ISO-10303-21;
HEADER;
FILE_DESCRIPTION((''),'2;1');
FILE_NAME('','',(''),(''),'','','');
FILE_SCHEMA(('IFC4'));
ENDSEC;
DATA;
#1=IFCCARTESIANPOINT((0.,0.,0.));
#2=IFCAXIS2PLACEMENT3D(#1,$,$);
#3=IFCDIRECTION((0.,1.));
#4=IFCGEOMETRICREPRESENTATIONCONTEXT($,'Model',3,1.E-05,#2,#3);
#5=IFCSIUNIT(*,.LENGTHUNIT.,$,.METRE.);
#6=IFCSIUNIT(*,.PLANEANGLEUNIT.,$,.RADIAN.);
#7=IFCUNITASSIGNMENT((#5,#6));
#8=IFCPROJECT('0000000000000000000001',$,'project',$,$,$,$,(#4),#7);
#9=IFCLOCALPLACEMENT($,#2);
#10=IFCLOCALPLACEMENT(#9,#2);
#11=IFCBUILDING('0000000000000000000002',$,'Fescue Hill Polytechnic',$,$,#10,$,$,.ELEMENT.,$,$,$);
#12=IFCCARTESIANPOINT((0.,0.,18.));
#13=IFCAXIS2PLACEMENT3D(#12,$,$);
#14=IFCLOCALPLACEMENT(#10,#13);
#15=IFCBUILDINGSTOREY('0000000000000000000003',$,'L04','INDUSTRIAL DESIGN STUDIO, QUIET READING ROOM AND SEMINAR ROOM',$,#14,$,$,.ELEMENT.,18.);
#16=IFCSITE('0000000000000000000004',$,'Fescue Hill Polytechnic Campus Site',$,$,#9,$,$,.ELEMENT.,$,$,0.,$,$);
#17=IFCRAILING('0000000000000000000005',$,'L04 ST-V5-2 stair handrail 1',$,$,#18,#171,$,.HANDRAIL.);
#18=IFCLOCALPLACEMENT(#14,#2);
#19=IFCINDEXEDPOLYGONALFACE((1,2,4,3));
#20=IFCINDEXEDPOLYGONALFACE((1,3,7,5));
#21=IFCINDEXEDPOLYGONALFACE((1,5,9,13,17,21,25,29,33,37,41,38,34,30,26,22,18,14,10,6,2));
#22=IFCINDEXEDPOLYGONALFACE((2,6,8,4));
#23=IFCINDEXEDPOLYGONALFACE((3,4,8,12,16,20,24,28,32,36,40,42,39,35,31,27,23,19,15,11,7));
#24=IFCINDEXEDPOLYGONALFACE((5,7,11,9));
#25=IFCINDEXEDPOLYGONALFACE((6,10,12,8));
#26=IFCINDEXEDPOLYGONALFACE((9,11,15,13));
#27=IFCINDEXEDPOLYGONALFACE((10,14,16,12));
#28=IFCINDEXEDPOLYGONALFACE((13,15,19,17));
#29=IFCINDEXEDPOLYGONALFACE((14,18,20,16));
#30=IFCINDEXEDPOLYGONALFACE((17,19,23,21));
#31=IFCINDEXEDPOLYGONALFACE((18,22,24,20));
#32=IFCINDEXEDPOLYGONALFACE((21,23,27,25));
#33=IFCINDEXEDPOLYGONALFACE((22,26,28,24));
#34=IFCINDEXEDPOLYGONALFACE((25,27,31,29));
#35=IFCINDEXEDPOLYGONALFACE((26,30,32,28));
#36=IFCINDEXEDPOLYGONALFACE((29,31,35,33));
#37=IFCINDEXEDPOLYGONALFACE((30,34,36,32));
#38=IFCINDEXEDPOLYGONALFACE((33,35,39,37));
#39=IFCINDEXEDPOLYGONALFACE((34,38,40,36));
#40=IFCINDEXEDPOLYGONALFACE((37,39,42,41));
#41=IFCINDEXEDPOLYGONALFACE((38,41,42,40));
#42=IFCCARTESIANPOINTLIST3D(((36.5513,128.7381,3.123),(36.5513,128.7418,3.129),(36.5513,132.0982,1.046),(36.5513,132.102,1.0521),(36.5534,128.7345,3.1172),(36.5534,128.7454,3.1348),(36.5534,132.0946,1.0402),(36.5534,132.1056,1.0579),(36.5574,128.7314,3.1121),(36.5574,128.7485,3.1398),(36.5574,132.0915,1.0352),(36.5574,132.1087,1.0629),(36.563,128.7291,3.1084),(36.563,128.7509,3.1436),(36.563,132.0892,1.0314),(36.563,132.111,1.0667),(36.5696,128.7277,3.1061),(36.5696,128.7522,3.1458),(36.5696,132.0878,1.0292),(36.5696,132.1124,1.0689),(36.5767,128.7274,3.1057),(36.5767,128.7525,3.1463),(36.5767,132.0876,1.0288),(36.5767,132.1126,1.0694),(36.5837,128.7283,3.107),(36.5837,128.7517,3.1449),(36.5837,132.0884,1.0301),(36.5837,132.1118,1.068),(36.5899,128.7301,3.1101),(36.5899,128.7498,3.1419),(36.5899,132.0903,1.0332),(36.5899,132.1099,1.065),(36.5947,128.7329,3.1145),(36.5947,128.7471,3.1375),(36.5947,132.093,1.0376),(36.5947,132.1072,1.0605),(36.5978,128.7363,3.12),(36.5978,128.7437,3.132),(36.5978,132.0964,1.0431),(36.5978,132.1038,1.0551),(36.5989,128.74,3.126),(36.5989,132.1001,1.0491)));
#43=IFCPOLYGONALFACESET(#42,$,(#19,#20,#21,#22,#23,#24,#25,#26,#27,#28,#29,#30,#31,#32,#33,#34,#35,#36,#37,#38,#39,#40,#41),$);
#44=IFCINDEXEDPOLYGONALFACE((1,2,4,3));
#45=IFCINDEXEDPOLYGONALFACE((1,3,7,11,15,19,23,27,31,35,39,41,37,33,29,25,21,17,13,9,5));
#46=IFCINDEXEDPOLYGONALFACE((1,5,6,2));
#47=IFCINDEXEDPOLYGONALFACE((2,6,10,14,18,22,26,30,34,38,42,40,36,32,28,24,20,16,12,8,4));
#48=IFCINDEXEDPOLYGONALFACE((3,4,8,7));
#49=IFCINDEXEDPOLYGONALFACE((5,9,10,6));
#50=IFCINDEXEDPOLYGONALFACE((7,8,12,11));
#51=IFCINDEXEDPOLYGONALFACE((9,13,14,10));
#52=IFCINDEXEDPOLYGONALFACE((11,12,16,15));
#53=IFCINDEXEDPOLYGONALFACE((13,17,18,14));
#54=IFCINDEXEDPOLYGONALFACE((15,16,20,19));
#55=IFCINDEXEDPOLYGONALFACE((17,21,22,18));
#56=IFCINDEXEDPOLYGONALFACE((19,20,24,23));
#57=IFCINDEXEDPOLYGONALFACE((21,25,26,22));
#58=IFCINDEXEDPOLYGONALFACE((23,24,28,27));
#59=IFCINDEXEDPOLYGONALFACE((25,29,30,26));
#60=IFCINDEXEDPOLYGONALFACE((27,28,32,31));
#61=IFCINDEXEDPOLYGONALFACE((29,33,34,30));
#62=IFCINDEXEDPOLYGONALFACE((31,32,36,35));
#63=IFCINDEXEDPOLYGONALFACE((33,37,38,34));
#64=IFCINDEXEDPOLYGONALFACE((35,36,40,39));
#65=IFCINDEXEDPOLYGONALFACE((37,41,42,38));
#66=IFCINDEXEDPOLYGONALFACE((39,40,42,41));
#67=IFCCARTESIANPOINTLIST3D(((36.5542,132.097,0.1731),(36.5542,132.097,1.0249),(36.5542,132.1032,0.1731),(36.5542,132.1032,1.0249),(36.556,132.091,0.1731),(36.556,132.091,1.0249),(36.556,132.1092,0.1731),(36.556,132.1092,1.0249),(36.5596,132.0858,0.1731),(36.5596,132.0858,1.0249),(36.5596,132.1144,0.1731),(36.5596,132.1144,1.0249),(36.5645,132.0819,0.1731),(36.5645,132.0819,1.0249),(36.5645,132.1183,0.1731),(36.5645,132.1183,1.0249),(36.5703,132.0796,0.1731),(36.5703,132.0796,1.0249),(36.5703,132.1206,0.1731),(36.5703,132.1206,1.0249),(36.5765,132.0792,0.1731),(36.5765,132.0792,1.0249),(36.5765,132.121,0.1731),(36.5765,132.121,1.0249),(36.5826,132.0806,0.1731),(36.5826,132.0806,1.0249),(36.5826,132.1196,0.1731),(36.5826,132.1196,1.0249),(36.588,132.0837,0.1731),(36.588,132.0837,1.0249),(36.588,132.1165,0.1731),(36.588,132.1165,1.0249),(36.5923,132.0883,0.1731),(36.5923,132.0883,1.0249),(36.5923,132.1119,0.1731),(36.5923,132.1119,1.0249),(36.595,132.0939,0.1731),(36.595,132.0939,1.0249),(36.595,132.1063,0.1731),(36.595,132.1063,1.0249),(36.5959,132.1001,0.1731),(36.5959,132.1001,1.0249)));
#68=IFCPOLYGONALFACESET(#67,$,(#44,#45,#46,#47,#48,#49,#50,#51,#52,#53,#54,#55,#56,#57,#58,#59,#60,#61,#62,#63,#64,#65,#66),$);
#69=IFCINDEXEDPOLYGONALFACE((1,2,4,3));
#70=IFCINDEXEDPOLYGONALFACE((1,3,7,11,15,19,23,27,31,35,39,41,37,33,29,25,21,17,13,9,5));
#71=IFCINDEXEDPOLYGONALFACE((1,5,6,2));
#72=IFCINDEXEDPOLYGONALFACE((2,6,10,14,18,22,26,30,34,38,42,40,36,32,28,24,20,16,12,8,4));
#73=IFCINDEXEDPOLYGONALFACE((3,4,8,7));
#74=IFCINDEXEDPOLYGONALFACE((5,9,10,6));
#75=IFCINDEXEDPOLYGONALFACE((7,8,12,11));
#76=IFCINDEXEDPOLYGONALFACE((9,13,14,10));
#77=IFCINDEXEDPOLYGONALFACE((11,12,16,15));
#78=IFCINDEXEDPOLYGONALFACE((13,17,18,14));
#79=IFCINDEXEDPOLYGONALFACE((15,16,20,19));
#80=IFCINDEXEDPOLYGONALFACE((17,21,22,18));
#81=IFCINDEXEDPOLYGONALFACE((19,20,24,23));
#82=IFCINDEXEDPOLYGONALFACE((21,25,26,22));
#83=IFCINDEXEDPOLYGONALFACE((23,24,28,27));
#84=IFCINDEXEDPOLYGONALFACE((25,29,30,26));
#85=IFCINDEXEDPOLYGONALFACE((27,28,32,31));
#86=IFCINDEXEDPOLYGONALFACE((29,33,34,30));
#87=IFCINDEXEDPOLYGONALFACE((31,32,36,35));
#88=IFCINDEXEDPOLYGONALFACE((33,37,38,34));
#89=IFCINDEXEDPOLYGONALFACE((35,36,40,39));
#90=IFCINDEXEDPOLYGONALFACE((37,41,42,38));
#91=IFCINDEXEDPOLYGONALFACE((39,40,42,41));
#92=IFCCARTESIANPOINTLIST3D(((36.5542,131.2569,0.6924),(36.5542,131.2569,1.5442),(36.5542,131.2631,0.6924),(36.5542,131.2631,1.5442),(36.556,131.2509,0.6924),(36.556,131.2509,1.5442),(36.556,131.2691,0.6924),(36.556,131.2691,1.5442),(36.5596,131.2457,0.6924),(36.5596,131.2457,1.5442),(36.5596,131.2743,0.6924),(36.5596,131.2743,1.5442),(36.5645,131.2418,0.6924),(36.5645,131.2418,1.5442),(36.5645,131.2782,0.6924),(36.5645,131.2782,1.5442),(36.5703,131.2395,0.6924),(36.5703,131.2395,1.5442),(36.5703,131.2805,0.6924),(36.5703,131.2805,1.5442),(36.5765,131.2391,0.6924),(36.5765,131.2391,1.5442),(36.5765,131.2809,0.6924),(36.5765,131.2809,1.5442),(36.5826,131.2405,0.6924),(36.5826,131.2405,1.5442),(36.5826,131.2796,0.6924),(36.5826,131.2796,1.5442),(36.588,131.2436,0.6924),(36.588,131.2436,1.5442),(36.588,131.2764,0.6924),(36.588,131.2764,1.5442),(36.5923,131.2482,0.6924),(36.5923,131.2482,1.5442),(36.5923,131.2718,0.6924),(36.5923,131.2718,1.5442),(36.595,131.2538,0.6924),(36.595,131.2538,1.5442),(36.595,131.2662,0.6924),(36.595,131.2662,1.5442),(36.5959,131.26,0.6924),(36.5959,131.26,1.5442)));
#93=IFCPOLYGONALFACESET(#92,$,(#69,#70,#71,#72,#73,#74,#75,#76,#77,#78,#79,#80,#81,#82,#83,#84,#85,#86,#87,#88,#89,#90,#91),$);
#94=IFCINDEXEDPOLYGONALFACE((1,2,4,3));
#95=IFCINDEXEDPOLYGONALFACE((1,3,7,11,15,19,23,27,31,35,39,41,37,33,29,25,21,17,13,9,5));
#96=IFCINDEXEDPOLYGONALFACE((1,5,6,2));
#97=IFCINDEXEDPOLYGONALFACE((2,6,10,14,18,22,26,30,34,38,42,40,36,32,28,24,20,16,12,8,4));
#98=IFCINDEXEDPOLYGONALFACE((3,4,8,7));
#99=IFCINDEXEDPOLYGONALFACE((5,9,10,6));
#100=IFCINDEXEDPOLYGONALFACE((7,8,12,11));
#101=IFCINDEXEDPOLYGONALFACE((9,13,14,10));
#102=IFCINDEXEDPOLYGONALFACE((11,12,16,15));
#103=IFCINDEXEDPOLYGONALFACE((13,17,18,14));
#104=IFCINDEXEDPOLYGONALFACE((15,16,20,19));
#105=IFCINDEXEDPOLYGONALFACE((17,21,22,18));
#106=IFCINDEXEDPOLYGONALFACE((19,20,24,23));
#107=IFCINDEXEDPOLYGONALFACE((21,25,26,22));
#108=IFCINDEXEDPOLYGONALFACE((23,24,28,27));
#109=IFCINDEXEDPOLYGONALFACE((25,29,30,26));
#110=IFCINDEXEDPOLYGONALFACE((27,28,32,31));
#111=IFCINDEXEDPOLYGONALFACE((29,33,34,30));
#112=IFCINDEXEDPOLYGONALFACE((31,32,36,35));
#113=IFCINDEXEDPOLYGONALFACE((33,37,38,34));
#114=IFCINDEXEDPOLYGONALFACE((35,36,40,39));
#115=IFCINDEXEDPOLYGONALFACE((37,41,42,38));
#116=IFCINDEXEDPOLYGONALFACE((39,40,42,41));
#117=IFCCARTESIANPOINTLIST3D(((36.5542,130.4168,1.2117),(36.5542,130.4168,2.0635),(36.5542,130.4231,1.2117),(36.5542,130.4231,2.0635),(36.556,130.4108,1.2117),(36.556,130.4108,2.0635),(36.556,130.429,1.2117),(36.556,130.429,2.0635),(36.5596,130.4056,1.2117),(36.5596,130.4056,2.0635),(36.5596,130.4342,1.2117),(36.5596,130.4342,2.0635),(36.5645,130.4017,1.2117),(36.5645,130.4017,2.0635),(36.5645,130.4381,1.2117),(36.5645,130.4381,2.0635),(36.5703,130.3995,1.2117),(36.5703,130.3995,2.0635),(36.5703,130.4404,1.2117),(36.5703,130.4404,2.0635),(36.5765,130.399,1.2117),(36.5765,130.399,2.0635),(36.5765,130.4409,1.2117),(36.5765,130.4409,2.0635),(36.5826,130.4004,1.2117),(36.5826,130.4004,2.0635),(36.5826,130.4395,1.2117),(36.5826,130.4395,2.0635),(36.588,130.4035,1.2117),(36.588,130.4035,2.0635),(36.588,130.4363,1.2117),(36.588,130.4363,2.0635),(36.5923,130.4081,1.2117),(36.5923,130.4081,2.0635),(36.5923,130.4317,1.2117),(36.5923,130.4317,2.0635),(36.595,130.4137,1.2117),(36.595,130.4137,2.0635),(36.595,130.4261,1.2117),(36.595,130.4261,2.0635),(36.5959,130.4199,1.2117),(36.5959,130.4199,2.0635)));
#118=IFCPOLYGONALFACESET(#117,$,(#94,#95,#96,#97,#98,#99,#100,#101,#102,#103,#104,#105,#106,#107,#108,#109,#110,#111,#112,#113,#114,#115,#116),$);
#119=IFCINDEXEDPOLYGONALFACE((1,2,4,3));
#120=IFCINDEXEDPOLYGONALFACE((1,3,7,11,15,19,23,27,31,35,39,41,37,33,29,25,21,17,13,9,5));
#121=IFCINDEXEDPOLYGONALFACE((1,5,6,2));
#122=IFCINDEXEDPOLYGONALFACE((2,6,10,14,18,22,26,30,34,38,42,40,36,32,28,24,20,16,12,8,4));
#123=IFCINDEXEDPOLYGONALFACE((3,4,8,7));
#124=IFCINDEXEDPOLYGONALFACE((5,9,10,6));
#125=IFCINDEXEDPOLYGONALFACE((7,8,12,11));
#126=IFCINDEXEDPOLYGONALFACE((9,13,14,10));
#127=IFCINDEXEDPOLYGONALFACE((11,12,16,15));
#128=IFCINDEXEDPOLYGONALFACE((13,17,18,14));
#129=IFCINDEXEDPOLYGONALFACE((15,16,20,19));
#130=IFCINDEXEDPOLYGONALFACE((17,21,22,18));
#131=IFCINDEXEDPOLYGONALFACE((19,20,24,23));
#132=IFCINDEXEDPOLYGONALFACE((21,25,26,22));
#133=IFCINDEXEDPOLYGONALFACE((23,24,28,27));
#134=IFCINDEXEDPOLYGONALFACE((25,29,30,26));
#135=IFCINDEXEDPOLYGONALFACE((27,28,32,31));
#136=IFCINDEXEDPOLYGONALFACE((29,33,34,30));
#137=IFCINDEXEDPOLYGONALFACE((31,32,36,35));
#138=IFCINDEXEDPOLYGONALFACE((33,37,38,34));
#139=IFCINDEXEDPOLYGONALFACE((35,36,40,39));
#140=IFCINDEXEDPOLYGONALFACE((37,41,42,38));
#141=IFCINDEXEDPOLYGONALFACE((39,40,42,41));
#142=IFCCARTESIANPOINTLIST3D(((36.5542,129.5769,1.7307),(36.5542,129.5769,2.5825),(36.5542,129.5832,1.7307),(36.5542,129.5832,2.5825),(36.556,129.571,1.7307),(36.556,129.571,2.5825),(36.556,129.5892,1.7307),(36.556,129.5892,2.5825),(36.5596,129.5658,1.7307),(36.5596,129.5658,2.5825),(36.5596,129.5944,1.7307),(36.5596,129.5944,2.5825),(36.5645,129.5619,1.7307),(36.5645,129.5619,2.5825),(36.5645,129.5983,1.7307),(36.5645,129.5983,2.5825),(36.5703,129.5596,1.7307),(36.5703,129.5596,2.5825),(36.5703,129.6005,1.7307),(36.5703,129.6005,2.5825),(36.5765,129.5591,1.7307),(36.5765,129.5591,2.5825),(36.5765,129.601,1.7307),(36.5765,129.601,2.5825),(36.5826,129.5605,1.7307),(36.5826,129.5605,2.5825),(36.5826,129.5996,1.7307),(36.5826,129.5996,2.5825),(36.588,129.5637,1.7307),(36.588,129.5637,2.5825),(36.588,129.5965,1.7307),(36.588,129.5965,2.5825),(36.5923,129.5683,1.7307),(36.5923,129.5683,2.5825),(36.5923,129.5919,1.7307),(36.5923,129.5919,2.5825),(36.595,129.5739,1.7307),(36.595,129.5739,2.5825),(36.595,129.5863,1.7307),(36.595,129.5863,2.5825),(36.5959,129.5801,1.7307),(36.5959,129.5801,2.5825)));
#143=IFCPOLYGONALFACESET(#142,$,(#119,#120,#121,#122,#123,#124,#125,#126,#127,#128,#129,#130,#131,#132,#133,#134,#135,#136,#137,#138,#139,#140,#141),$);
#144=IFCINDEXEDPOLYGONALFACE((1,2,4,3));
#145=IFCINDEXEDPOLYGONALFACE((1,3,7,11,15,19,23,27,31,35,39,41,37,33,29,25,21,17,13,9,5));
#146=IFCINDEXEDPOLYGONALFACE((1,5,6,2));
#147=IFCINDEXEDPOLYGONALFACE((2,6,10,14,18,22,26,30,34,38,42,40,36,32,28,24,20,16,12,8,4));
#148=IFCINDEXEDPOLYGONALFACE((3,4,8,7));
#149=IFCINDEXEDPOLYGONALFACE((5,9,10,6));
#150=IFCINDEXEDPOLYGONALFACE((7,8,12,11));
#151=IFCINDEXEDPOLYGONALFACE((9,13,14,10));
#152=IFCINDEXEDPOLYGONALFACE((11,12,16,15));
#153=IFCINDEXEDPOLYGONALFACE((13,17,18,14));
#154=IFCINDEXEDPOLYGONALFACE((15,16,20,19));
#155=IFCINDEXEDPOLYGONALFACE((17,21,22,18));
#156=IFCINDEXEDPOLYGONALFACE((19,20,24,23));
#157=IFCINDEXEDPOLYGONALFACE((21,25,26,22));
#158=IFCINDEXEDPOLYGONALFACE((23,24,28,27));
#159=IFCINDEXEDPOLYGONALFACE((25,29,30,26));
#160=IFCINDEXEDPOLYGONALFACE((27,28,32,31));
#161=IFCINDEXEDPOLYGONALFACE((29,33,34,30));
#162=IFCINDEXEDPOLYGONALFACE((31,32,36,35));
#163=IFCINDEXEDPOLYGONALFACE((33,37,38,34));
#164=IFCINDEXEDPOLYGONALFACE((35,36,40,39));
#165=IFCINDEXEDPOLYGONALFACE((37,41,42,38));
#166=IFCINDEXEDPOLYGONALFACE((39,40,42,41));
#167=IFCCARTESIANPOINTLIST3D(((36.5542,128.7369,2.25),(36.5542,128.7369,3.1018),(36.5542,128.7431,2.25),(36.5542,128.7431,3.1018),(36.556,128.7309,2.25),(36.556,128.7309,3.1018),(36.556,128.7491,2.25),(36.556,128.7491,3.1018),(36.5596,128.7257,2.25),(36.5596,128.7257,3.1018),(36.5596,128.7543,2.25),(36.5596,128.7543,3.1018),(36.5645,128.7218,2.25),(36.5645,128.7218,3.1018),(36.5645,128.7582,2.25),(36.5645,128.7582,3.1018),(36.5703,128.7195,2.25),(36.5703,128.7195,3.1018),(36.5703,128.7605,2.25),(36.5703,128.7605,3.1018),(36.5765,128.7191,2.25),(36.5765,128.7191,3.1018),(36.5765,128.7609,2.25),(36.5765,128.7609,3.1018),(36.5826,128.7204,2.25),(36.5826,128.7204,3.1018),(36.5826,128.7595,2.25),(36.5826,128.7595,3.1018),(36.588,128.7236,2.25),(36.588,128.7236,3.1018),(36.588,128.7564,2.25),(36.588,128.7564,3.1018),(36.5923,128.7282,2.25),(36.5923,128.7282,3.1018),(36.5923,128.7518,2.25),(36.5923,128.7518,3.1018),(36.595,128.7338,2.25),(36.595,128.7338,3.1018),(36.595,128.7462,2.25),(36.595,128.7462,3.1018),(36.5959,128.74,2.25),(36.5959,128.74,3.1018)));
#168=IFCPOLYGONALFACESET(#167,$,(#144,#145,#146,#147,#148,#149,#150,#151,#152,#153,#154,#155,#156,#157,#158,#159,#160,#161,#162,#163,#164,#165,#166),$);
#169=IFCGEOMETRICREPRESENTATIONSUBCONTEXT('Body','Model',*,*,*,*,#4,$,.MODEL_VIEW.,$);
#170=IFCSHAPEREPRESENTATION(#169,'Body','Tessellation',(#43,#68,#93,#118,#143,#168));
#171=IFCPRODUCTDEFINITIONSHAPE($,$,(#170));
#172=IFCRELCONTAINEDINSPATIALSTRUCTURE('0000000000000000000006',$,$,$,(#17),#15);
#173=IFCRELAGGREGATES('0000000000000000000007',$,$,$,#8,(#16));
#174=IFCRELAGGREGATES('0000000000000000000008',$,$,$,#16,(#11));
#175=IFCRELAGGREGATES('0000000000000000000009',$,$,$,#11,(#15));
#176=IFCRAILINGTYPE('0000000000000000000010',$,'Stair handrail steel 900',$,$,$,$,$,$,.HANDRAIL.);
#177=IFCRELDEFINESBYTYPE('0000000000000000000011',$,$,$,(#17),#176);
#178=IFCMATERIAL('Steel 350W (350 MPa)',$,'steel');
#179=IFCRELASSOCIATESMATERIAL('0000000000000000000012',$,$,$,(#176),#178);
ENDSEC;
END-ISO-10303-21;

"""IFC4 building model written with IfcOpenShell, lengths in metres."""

from ifc_helpers import new_model, si_unit, direction, frame, origin, origin_2d, place, context, subcontext, project, spatial, circle, extrude, material, type_object, element, save


model = new_model("IFC4")

# Units and contexts
model_context = context("Model", 3, precision=1e-05, world=origin(), true_north=direction((0.0, 1.0)))
body_context = subcontext(model_context, "Body", "Model", "MODEL_VIEW")
ifc_project = project(units=[si_unit("LENGTHUNIT", "METRE"), si_unit("PLANEANGLEUNIT", "RADIAN")], contexts=[model_context])

# Site, building, storey
site_placement = place(None, origin())
site = spatial("IfcSite", under=ifc_project, at=site_placement, Name="Fescue Hill Polytechnic Campus Site", CompositionType="ELEMENT", RefElevation=0.0)
building_placement = place(site_placement, origin())
building = spatial("IfcBuilding", under=site, at=building_placement, Name="Fescue Hill Polytechnic", CompositionType="ELEMENT")
storey_placement = place(building_placement, frame((0.0, 0.0, 18.0)))
storey = spatial("IfcBuildingStorey", under=building, at=storey_placement, Name="L04", Description="INDUSTRIAL DESIGN STUDIO, QUIET READING ROOM AND SEMINAR ROOM", CompositionType="ELEMENT", Elevation=18.0)

# Railing
ifc_material_1 = material(Name="Steel 350W (350 MPa)", Category="steel")
railing_type_1 = type_object("IfcRailingType", Name="Stair handrail steel 900", PredefinedType="HANDRAIL", material=ifc_material_1)
railing_1_placement = place(storey_placement, frame((36.575, 132.1001, 0.1731)))
element("IfcRailing", 1, at=railing_1_placement, inside=storey, type_object=railing_type_1, Name="L04 ST-V5-2 stair handrail 1", PredefinedType="HANDRAIL", context=body_context, shape_type="SweptSolid", body=[
    extrude(circle(Radius=0.0239, at=origin_2d()), frame((0.0, 0.0, 0.876), z_axis=(0.0, -0.850623, 0.525776), x_axis=(1.0, 0.0, 0.0)), (0.0, 0.0, 1.0), 3.9502),
    extrude(circle(Radius=0.021, at=origin_2d()), origin(), (0.0, 0.0, 1.0), 0.8518),
    extrude(circle(Radius=0.021, at=origin_2d()), frame((0.0, -0.8401, 0.5193)), (0.0, 0.0, 1.0), 0.8518),
    extrude(circle(Radius=0.021, at=origin_2d()), frame((0.0, -1.6802, 1.0386)), (0.0, 0.0, 1.0), 0.8518),
    extrude(circle(Radius=0.021, at=origin_2d()), frame((0.0, -2.52, 1.5576)), (0.0, 0.0, 1.0), 0.8518),
    extrude(circle(Radius=0.021, at=origin_2d()), frame((0.0, -3.3601, 2.0769)), (0.0, 0.0, 1.0), 0.8518),
])

save(model, "model.ifc")
